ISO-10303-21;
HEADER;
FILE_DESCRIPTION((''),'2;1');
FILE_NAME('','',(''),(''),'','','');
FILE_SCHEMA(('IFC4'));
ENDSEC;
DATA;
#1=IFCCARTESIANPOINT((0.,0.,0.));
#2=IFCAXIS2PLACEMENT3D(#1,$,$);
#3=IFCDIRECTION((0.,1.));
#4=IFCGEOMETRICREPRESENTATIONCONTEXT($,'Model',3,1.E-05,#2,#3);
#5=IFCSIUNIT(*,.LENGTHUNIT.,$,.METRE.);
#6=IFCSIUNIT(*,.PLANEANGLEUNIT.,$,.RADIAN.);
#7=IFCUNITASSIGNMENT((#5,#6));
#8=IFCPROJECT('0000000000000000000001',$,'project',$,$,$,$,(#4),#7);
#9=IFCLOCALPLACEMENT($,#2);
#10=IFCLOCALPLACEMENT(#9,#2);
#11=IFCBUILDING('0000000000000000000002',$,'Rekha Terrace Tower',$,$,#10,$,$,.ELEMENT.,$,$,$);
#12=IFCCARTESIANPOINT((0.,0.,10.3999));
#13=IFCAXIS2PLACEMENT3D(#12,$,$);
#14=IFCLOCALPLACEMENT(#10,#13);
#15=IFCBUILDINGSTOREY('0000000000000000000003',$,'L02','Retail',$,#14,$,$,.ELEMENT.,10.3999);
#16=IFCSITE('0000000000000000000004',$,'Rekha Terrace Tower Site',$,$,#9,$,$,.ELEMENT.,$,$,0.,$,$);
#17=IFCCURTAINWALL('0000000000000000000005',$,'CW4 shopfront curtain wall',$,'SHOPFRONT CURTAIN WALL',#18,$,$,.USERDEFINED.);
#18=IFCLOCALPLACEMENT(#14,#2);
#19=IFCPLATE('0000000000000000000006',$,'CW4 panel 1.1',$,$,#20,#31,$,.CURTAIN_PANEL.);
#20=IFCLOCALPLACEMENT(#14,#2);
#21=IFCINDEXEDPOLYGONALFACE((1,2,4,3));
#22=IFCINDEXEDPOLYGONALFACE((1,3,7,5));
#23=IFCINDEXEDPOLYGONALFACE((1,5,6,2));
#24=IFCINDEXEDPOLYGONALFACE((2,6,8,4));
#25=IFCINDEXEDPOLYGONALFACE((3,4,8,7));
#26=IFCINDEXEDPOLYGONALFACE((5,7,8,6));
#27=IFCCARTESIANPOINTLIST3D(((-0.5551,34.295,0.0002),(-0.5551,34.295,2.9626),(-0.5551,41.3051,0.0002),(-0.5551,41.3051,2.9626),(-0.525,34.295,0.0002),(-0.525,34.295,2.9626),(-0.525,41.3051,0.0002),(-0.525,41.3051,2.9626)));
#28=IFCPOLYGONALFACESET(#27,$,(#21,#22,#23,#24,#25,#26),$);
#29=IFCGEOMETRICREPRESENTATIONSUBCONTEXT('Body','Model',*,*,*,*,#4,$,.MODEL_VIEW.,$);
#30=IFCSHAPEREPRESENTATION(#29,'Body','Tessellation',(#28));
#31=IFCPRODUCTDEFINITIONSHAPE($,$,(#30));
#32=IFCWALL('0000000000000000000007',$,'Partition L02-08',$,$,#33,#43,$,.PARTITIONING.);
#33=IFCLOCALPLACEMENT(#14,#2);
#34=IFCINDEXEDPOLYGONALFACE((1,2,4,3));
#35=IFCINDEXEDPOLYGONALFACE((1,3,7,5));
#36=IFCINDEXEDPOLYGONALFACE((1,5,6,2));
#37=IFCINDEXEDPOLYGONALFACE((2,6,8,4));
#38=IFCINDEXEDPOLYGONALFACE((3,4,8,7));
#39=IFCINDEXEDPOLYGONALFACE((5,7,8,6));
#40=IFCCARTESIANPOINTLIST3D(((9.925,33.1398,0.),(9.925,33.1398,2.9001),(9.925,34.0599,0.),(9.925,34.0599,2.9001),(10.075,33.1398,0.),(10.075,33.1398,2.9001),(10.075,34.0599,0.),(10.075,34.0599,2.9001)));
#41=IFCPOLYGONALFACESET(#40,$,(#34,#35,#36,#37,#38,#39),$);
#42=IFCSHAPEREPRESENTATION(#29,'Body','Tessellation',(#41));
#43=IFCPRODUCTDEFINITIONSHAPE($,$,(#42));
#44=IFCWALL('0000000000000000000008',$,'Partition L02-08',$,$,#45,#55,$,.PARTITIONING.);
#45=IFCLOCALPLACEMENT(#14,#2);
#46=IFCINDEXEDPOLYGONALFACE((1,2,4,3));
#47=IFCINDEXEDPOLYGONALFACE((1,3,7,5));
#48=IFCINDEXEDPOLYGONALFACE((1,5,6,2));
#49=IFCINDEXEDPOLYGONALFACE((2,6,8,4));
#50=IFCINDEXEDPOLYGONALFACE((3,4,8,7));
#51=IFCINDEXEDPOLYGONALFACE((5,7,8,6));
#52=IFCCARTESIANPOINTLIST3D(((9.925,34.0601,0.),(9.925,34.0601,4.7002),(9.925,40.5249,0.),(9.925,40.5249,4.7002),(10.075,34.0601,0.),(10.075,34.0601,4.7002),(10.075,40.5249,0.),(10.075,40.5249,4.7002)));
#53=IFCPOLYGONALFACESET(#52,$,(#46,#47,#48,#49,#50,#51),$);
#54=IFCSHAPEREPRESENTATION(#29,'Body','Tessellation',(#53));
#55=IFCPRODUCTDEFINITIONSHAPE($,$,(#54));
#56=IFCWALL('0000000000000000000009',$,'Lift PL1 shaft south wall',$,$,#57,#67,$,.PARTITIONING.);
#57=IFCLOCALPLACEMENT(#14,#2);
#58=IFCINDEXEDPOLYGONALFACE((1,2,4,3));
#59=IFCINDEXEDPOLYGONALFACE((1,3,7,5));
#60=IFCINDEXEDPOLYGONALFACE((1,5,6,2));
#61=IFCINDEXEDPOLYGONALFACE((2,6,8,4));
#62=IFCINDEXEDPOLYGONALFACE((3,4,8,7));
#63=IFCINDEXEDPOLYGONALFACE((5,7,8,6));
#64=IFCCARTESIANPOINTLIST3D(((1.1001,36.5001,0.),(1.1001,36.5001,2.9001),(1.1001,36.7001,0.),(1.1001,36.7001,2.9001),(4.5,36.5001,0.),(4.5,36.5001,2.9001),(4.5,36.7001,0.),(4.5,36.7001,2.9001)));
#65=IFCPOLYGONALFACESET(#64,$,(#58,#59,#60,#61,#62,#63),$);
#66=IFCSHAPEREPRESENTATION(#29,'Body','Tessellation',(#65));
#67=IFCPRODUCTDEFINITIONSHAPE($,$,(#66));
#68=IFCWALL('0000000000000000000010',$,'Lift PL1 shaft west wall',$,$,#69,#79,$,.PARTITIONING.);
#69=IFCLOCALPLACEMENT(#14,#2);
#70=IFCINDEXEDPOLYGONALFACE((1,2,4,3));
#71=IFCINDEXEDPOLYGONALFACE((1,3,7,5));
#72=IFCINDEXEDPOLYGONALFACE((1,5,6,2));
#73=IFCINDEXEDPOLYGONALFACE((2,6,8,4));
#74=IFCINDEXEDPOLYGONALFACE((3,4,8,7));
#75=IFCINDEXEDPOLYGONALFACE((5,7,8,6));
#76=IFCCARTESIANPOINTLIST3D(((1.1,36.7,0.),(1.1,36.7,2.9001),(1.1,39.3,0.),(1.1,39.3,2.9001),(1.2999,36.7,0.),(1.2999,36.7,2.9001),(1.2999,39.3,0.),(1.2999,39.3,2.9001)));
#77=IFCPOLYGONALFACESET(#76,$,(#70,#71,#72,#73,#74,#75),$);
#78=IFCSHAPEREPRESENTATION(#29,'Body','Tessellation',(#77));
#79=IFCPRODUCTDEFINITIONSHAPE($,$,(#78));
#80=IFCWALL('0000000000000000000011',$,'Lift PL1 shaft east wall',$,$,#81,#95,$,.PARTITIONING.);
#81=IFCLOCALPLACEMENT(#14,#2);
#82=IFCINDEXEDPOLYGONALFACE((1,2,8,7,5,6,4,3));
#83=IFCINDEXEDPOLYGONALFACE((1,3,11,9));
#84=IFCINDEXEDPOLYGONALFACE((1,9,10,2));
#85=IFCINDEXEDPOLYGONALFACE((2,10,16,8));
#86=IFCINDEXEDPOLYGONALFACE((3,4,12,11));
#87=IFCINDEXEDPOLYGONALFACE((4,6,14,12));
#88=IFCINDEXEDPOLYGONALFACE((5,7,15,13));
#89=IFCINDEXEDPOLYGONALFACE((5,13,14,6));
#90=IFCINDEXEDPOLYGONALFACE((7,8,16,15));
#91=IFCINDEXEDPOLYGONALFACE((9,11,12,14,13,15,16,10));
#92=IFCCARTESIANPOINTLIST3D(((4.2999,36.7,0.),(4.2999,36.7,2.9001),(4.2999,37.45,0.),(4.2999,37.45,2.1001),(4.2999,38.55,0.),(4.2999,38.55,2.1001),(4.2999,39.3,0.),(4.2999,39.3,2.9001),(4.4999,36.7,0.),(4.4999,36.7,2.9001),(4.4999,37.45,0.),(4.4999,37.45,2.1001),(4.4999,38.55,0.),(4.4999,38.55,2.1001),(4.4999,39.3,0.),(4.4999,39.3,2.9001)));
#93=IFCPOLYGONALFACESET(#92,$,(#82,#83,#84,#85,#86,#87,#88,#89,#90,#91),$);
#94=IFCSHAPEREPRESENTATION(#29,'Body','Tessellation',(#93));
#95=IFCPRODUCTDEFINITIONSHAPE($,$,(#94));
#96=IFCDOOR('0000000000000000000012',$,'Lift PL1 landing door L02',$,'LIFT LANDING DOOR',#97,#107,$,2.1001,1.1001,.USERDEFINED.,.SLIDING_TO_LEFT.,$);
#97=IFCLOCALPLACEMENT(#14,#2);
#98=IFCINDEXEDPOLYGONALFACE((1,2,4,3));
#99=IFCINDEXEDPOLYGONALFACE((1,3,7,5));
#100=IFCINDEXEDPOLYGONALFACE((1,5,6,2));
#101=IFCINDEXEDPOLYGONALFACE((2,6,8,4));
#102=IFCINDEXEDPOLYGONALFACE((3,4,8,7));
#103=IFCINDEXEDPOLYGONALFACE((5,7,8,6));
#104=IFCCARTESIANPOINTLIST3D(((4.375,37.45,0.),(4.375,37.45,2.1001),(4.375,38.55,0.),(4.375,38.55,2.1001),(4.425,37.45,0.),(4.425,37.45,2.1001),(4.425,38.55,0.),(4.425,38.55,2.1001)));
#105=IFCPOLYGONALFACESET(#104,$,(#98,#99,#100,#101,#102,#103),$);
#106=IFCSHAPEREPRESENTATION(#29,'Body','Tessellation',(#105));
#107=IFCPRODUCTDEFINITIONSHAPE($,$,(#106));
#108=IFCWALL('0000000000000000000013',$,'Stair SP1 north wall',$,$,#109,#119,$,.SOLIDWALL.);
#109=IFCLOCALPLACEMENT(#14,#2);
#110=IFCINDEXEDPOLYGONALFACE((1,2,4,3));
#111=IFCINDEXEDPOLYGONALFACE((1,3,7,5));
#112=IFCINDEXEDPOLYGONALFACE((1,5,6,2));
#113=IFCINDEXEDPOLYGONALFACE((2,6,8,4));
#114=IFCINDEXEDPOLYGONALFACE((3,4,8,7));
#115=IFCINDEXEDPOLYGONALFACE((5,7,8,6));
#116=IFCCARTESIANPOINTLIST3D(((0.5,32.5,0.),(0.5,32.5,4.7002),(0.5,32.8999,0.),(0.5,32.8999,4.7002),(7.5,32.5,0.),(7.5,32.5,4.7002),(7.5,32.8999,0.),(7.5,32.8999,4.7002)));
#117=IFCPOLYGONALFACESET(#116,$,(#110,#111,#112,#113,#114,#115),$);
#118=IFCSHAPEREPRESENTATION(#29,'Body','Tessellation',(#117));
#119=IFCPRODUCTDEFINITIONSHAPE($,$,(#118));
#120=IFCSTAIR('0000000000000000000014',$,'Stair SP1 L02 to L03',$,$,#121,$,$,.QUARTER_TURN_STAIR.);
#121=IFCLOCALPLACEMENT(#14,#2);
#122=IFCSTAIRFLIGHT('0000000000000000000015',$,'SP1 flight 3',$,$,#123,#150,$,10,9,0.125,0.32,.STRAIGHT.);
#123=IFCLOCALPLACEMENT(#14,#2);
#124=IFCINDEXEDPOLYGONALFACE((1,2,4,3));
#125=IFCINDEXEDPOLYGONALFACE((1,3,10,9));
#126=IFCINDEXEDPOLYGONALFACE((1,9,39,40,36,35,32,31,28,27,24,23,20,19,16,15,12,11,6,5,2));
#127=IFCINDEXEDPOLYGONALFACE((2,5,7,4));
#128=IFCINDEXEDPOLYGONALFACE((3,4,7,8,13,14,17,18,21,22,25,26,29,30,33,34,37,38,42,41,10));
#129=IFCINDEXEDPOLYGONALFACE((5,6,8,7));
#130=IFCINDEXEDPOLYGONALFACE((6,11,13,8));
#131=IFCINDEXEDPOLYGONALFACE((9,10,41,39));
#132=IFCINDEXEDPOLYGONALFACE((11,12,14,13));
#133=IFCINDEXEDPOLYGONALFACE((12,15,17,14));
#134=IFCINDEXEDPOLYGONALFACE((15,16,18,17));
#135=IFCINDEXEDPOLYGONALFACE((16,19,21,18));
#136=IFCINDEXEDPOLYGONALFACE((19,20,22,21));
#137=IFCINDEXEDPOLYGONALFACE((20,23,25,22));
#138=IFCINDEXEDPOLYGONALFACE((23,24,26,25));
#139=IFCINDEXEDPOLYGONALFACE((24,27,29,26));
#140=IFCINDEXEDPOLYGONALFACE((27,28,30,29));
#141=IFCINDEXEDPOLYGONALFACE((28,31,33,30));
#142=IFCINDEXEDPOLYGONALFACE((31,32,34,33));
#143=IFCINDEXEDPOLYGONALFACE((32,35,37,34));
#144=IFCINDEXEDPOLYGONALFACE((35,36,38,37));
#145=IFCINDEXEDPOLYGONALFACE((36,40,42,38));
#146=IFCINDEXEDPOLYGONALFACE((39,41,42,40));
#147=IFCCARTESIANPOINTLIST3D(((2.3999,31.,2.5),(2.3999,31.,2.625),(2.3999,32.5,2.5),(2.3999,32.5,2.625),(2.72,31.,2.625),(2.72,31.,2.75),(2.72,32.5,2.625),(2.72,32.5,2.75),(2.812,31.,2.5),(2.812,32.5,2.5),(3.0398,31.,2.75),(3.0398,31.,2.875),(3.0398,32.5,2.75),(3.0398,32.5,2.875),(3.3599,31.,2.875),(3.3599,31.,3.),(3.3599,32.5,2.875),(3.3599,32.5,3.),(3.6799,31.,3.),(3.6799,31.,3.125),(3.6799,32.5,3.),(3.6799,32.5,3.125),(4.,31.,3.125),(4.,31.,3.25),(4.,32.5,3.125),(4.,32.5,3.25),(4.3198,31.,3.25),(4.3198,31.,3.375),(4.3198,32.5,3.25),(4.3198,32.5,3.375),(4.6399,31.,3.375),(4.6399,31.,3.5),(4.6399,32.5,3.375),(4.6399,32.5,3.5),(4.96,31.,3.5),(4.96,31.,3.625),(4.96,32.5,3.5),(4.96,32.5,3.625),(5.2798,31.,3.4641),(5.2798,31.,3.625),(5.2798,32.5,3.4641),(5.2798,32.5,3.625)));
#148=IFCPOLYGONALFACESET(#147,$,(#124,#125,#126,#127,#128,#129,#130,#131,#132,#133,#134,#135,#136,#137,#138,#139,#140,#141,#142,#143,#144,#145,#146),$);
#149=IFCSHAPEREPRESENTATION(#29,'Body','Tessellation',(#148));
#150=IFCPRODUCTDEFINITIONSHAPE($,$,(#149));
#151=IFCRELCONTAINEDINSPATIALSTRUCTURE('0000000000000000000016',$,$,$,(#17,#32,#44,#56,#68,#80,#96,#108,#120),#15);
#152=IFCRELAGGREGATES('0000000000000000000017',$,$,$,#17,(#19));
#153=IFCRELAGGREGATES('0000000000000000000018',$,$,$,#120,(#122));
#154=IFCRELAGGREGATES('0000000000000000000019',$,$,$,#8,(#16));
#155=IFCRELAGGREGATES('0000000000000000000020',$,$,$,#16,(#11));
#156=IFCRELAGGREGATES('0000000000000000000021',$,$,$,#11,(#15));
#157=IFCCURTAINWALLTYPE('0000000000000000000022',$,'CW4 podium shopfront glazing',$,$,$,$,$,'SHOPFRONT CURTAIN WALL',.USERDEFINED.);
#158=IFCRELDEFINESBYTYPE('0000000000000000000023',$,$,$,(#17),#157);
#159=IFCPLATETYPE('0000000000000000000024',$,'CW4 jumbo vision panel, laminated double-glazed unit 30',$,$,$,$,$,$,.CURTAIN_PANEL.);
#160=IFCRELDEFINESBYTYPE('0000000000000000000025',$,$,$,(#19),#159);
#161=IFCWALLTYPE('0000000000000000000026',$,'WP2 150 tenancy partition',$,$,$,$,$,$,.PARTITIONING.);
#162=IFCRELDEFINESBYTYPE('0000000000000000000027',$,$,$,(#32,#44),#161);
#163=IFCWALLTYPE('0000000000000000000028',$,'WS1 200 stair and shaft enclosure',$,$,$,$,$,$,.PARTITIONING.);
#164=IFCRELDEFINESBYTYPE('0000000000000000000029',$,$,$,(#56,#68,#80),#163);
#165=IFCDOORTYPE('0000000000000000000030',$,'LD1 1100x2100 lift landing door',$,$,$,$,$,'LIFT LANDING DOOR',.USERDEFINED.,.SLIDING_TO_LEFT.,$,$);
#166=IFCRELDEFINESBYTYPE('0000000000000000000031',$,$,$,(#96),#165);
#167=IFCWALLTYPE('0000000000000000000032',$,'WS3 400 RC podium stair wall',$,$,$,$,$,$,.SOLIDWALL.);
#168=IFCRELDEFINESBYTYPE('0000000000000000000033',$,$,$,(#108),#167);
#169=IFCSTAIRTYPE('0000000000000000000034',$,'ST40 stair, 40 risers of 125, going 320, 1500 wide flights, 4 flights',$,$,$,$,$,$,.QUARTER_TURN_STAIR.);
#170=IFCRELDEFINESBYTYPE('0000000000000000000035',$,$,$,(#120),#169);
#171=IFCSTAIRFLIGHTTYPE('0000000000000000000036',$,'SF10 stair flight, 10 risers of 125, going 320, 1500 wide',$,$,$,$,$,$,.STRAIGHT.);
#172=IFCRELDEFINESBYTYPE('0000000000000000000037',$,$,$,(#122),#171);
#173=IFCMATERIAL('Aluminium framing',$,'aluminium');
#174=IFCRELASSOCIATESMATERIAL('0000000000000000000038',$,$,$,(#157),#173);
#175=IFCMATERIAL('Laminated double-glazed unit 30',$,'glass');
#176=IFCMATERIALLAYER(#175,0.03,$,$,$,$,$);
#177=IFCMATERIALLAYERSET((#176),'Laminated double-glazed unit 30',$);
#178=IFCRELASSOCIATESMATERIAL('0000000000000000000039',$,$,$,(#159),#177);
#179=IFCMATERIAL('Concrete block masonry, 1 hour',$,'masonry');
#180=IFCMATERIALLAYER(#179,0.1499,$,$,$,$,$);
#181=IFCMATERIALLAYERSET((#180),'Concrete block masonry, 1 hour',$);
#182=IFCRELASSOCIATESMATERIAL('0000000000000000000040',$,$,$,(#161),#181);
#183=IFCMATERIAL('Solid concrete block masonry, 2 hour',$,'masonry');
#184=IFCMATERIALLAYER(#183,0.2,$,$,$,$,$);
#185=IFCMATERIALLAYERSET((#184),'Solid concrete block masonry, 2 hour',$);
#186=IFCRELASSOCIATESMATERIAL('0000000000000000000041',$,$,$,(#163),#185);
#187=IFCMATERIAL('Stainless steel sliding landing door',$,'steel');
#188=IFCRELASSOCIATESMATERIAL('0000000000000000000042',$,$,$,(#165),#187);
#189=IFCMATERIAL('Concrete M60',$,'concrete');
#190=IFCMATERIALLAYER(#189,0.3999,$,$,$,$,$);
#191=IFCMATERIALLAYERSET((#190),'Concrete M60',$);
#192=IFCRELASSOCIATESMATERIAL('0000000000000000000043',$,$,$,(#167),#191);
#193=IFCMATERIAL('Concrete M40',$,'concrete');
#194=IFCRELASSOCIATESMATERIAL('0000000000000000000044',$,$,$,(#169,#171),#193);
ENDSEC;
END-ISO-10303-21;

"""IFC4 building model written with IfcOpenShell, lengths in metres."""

from ifc_helpers import new_model, si_unit, direction, frame, frame_2d, origin, origin_2d, place, context, subcontext, project, spatial, polyline, rectangle, outline, extrude, material, layer, layer_set, type_object, element, fill, aggregate, save


model = new_model("IFC4")

# Units and contexts
model_context = context("Model", 3, precision=1e-05, world=origin(), true_north=direction((0.0, 1.0)))
body_context = subcontext(model_context, "Body", "Model", "MODEL_VIEW")
ifc_project = project(units=[si_unit("LENGTHUNIT", "METRE"), si_unit("PLANEANGLEUNIT", "RADIAN")], contexts=[model_context])

# Site, building, storey
site_placement = place(None, origin())
site = spatial("IfcSite", under=ifc_project, at=site_placement, Name="Rekha Terrace Tower Site", CompositionType="ELEMENT", RefElevation=0.0)
building_placement = place(site_placement, origin())
building = spatial("IfcBuilding", under=site, at=building_placement, Name="Rekha Terrace Tower", CompositionType="ELEMENT")
storey_placement = place(building_placement, frame((0.0, 0.0, 10.3999)))
storey = spatial("IfcBuildingStorey", under=building, at=storey_placement, Name="L02", Description="Retail", CompositionType="ELEMENT", Elevation=10.3999)

# Shared definitions
ifc_material_1 = material(Name="Concrete M60", Category="concrete")

# Curtain wall
ifc_material_2 = material(Name="Aluminium framing", Category="aluminium")
curtain_wall_type = type_object("IfcCurtainWallType", Name="CW4 podium shopfront glazing", ElementType="SHOPFRONT CURTAIN WALL", PredefinedType="USERDEFINED", material=ifc_material_2)
curtain_wall_1_placement = place(storey_placement, origin())
curtain_wall_1 = element("IfcCurtainWall", 1, at=curtain_wall_1_placement, inside=storey, type_object=curtain_wall_type, Name="CW4 shopfront curtain wall", ObjectType="SHOPFRONT CURTAIN WALL", PredefinedType="USERDEFINED")

# Plate
ifc_material_3 = material(Name="Laminated double-glazed unit 30", Category="glass")
ifc_layer_1 = layer(ifc_material_3, 0.03)
ifc_layer_set_1 = layer_set([ifc_layer_1], Name="Laminated double-glazed unit 30")
plate_type = type_object("IfcPlateType", Name="CW4 jumbo vision panel, laminated double-glazed unit 30", PredefinedType="CURTAIN_PANEL", material=ifc_layer_set_1)
plate_placement = place(storey_placement, frame((-0.54, 37.8, 0.0002), z_axis=(0.0, 0.0, 1.0), x_axis=(0.0, -1.0, 0.0)))
plate = element("IfcPlate", 2, at=plate_placement, type_object=plate_type, Name="CW4 panel 1.1", PredefinedType="CURTAIN_PANEL", context=body_context, shape_type="SweptSolid", body=[
    extrude(rectangle(XDim=7.01, YDim=0.03, at=origin_2d()), origin(), (0.0, 0.0, 1.0), 2.9624),
])
aggregate(curtain_wall_1, [plate])

# Walls
ifc_material_4 = material(Name="Concrete block masonry, 1 hour", Category="masonry")
ifc_layer_2 = layer(ifc_material_4, 0.1499)
ifc_layer_set_2 = layer_set([ifc_layer_2], Name="Concrete block masonry, 1 hour")
wall_type_1 = type_object("IfcWallType", Name="WP2 150 tenancy partition", PredefinedType="PARTITIONING", material=ifc_layer_set_2)
wall_1_placement = place(storey_placement, frame((10.0, 33.1399, 0.0), z_axis=(0.0, 0.0, 1.0), x_axis=(0.0, 1.0, 0.0)))
element("IfcWall", 3, at=wall_1_placement, inside=storey, type_object=wall_type_1, Name="Partition L02-08", PredefinedType="PARTITIONING", context=body_context, shape_type="SweptSolid", body=[
    extrude(rectangle(XDim=0.9202, YDim=0.1499, at=frame_2d((0.46, 0.0))), origin(), (0.0, 0.0, 1.0), 2.9001),
])
wall_2_placement = place(storey_placement, frame((10.0, 34.0601, 0.0), z_axis=(0.0, 0.0, 1.0), x_axis=(0.0, 1.0, 0.0)))
element("IfcWall", 4, at=wall_2_placement, inside=storey, type_object=wall_type_1, Name="Partition L02-08", PredefinedType="PARTITIONING", context=body_context, shape_type="SweptSolid", body=[
    extrude(rectangle(XDim=6.4648, YDim=0.1499, at=frame_2d((3.2324, 0.0))), origin(), (0.0, 0.0, 1.0), 4.7002),
])
ifc_material_5 = material(Name="Solid concrete block masonry, 2 hour", Category="masonry")
ifc_layer_3 = layer(ifc_material_5, 0.2)
ifc_layer_set_3 = layer_set([ifc_layer_3], Name="Solid concrete block masonry, 2 hour")
wall_type_2 = type_object("IfcWallType", Name="WS1 200 stair and shaft enclosure", PredefinedType="PARTITIONING", material=ifc_layer_set_3)
wall_3_placement = place(storey_placement, frame((1.1001, 36.6001, 0.0), z_axis=(0.0, 0.0, 1.0), x_axis=(1.0, 0.0, 0.0)))
element("IfcWall", 5, at=wall_3_placement, inside=storey, type_object=wall_type_2, Name="Lift PL1 shaft south wall", PredefinedType="PARTITIONING", context=body_context, shape_type="SweptSolid", body=[
    extrude(rectangle(XDim=3.3999, YDim=0.2, at=frame_2d((1.7, 0.0))), origin(), (0.0, 0.0, 1.0), 2.9001),
])
wall_4_placement = place(storey_placement, frame((1.2, 36.7, 0.0), z_axis=(0.0, 0.0, 1.0), x_axis=(0.0, 1.0, 0.0)))
element("IfcWall", 6, at=wall_4_placement, inside=storey, type_object=wall_type_2, Name="Lift PL1 shaft west wall", PredefinedType="PARTITIONING", context=body_context, shape_type="SweptSolid", body=[
    extrude(rectangle(XDim=2.6001, YDim=0.2, at=frame_2d((1.3, 0.0))), origin(), (0.0, 0.0, 1.0), 2.9001),
])

# Wall, opening, door
wall_5_placement = place(storey_placement, frame((4.3999, 36.7, 0.0), z_axis=(0.0, 0.0, 1.0), x_axis=(0.0, 1.0, 0.0)))
wall_5 = element("IfcWall", 7, at=wall_5_placement, inside=storey, type_object=wall_type_2, Name="Lift PL1 shaft east wall", PredefinedType="PARTITIONING", context=body_context, shape_type="SweptSolid", body=[
    extrude(rectangle(XDim=2.6001, YDim=0.2, at=frame_2d((1.3, 0.0))), origin(), (0.0, 0.0, 1.0), 2.9001),
])
opening_placement = place(wall_5_placement, frame((0.75, 0.0, 0.0)))
opening = element("IfcOpeningElement", 8, at=opening_placement, cuts=wall_5, PredefinedType="OPENING", context=body_context, shape_type="SweptSolid", body=[
    extrude(rectangle(XDim=1.1001, YDim=2.1001, at=frame_2d((0.55, 1.05))), frame((0.0, 0.1099, 0.0), z_axis=(0.0, -1.0, 0.0), x_axis=(1.0, 0.0, 0.0)), (0.0, 0.0, 1.0), 0.22),
])
ifc_material_6 = material(Name="Stainless steel sliding landing door", Category="steel")
door_type = type_object("IfcDoorType", Name="LD1 1100x2100 lift landing door", ElementType="LIFT LANDING DOOR", OperationType="SLIDING_TO_LEFT", PredefinedType="USERDEFINED", material=ifc_material_6)
door_placement = place(opening_placement, origin())
door = element("IfcDoor", 9, at=door_placement, inside=storey, type_object=door_type, Name="Lift PL1 landing door L02", ObjectType="LIFT LANDING DOOR", OperationType="SLIDING_TO_LEFT", OverallHeight=2.1001, OverallWidth=1.1001, PredefinedType="USERDEFINED", context=body_context, shape_type="SweptSolid", body=[
    extrude(rectangle(XDim=1.1001, YDim=2.1001, at=frame_2d((0.55, 1.05))), frame((0.0, 0.0249, 0.0), z_axis=(0.0, -1.0, 0.0), x_axis=(1.0, 0.0, 0.0)), (0.0, 0.0, 1.0), 0.05),
])
fill(opening, door)

# Wall
ifc_layer_4 = layer(ifc_material_1, 0.3999)
ifc_layer_set_4 = layer_set([ifc_layer_4], Name="Concrete M60")
wall_type_3 = type_object("IfcWallType", Name="WS3 400 RC podium stair wall", PredefinedType="SOLIDWALL", material=ifc_layer_set_4)
wall_6_placement = place(storey_placement, frame((0.5, 32.7, 0.0), z_axis=(0.0, 0.0, 1.0), x_axis=(1.0, 0.0, 0.0)))
element("IfcWall", 10, at=wall_6_placement, inside=storey, type_object=wall_type_3, Name="Stair SP1 north wall", PredefinedType="SOLIDWALL", context=body_context, shape_type="SweptSolid", body=[
    extrude(rectangle(XDim=7.0, YDim=0.3999, at=frame_2d((3.5, 0.0))), origin(), (0.0, 0.0, 1.0), 4.7002),
])

# Stair, stair flight
ifc_material_7 = material(Name="Concrete M40", Category="concrete")
stair_type = type_object("IfcStairType", Name="ST40 stair, 40 risers of 125, going 320, 1500 wide flights, 4 flights", PredefinedType="QUARTER_TURN_STAIR", material=ifc_material_7)
stair_placement = place(storey_placement, origin())
stair = element("IfcStair", 11, at=stair_placement, inside=storey, type_object=stair_type, Name="Stair SP1 L02 to L03", PredefinedType="QUARTER_TURN_STAIR")
stair_flight_type = type_object("IfcStairFlightType", Name="SF10 stair flight, 10 risers of 125, going 320, 1500 wide", PredefinedType="STRAIGHT", material=ifc_material_7)
stair_flight_placement = place(storey_placement, frame((2.3999, 31.75, 2.5), z_axis=(0.0, 0.0, 1.0), x_axis=(1.0, 0.0, 0.0)))
stair_flight = element("IfcStairFlight", 12, at=stair_flight_placement, type_object=stair_flight_type, Name="SP1 flight 3", NumberOfRisers=10, NumberOfTreads=9, PredefinedType="STRAIGHT", RiserHeight=0.125, TreadLength=0.32, context=body_context, shape_type="SweptSolid", body=[
    extrude(outline(polyline([(0.0, 0.0), (0.0, 0.125), (0.3201, 0.125), (0.3201, 0.25), (0.6399, 0.25), (0.6399, 0.375), (0.96, 0.375), (0.96, 0.5), (1.28, 0.5), (1.28, 0.625), (1.6001, 0.625), (1.6001, 0.75), (1.9199, 0.75), (1.9199, 0.875), (2.24, 0.875), (2.24, 1.0), (2.5601, 1.0), (2.5601, 1.125), (2.8799, 1.125), (2.8799, 1.25), (2.8799, 0.9641), (0.4121, 0.0), (0.0, 0.0)])), frame((0.0, 0.75, 0.0), z_axis=(0.0, -1.0, 0.0), x_axis=(1.0, 0.0, 0.0)), (0.0, 0.0, 1.0), 1.5),
])
aggregate(stair, [stair_flight])

save(model, "model.ifc")
